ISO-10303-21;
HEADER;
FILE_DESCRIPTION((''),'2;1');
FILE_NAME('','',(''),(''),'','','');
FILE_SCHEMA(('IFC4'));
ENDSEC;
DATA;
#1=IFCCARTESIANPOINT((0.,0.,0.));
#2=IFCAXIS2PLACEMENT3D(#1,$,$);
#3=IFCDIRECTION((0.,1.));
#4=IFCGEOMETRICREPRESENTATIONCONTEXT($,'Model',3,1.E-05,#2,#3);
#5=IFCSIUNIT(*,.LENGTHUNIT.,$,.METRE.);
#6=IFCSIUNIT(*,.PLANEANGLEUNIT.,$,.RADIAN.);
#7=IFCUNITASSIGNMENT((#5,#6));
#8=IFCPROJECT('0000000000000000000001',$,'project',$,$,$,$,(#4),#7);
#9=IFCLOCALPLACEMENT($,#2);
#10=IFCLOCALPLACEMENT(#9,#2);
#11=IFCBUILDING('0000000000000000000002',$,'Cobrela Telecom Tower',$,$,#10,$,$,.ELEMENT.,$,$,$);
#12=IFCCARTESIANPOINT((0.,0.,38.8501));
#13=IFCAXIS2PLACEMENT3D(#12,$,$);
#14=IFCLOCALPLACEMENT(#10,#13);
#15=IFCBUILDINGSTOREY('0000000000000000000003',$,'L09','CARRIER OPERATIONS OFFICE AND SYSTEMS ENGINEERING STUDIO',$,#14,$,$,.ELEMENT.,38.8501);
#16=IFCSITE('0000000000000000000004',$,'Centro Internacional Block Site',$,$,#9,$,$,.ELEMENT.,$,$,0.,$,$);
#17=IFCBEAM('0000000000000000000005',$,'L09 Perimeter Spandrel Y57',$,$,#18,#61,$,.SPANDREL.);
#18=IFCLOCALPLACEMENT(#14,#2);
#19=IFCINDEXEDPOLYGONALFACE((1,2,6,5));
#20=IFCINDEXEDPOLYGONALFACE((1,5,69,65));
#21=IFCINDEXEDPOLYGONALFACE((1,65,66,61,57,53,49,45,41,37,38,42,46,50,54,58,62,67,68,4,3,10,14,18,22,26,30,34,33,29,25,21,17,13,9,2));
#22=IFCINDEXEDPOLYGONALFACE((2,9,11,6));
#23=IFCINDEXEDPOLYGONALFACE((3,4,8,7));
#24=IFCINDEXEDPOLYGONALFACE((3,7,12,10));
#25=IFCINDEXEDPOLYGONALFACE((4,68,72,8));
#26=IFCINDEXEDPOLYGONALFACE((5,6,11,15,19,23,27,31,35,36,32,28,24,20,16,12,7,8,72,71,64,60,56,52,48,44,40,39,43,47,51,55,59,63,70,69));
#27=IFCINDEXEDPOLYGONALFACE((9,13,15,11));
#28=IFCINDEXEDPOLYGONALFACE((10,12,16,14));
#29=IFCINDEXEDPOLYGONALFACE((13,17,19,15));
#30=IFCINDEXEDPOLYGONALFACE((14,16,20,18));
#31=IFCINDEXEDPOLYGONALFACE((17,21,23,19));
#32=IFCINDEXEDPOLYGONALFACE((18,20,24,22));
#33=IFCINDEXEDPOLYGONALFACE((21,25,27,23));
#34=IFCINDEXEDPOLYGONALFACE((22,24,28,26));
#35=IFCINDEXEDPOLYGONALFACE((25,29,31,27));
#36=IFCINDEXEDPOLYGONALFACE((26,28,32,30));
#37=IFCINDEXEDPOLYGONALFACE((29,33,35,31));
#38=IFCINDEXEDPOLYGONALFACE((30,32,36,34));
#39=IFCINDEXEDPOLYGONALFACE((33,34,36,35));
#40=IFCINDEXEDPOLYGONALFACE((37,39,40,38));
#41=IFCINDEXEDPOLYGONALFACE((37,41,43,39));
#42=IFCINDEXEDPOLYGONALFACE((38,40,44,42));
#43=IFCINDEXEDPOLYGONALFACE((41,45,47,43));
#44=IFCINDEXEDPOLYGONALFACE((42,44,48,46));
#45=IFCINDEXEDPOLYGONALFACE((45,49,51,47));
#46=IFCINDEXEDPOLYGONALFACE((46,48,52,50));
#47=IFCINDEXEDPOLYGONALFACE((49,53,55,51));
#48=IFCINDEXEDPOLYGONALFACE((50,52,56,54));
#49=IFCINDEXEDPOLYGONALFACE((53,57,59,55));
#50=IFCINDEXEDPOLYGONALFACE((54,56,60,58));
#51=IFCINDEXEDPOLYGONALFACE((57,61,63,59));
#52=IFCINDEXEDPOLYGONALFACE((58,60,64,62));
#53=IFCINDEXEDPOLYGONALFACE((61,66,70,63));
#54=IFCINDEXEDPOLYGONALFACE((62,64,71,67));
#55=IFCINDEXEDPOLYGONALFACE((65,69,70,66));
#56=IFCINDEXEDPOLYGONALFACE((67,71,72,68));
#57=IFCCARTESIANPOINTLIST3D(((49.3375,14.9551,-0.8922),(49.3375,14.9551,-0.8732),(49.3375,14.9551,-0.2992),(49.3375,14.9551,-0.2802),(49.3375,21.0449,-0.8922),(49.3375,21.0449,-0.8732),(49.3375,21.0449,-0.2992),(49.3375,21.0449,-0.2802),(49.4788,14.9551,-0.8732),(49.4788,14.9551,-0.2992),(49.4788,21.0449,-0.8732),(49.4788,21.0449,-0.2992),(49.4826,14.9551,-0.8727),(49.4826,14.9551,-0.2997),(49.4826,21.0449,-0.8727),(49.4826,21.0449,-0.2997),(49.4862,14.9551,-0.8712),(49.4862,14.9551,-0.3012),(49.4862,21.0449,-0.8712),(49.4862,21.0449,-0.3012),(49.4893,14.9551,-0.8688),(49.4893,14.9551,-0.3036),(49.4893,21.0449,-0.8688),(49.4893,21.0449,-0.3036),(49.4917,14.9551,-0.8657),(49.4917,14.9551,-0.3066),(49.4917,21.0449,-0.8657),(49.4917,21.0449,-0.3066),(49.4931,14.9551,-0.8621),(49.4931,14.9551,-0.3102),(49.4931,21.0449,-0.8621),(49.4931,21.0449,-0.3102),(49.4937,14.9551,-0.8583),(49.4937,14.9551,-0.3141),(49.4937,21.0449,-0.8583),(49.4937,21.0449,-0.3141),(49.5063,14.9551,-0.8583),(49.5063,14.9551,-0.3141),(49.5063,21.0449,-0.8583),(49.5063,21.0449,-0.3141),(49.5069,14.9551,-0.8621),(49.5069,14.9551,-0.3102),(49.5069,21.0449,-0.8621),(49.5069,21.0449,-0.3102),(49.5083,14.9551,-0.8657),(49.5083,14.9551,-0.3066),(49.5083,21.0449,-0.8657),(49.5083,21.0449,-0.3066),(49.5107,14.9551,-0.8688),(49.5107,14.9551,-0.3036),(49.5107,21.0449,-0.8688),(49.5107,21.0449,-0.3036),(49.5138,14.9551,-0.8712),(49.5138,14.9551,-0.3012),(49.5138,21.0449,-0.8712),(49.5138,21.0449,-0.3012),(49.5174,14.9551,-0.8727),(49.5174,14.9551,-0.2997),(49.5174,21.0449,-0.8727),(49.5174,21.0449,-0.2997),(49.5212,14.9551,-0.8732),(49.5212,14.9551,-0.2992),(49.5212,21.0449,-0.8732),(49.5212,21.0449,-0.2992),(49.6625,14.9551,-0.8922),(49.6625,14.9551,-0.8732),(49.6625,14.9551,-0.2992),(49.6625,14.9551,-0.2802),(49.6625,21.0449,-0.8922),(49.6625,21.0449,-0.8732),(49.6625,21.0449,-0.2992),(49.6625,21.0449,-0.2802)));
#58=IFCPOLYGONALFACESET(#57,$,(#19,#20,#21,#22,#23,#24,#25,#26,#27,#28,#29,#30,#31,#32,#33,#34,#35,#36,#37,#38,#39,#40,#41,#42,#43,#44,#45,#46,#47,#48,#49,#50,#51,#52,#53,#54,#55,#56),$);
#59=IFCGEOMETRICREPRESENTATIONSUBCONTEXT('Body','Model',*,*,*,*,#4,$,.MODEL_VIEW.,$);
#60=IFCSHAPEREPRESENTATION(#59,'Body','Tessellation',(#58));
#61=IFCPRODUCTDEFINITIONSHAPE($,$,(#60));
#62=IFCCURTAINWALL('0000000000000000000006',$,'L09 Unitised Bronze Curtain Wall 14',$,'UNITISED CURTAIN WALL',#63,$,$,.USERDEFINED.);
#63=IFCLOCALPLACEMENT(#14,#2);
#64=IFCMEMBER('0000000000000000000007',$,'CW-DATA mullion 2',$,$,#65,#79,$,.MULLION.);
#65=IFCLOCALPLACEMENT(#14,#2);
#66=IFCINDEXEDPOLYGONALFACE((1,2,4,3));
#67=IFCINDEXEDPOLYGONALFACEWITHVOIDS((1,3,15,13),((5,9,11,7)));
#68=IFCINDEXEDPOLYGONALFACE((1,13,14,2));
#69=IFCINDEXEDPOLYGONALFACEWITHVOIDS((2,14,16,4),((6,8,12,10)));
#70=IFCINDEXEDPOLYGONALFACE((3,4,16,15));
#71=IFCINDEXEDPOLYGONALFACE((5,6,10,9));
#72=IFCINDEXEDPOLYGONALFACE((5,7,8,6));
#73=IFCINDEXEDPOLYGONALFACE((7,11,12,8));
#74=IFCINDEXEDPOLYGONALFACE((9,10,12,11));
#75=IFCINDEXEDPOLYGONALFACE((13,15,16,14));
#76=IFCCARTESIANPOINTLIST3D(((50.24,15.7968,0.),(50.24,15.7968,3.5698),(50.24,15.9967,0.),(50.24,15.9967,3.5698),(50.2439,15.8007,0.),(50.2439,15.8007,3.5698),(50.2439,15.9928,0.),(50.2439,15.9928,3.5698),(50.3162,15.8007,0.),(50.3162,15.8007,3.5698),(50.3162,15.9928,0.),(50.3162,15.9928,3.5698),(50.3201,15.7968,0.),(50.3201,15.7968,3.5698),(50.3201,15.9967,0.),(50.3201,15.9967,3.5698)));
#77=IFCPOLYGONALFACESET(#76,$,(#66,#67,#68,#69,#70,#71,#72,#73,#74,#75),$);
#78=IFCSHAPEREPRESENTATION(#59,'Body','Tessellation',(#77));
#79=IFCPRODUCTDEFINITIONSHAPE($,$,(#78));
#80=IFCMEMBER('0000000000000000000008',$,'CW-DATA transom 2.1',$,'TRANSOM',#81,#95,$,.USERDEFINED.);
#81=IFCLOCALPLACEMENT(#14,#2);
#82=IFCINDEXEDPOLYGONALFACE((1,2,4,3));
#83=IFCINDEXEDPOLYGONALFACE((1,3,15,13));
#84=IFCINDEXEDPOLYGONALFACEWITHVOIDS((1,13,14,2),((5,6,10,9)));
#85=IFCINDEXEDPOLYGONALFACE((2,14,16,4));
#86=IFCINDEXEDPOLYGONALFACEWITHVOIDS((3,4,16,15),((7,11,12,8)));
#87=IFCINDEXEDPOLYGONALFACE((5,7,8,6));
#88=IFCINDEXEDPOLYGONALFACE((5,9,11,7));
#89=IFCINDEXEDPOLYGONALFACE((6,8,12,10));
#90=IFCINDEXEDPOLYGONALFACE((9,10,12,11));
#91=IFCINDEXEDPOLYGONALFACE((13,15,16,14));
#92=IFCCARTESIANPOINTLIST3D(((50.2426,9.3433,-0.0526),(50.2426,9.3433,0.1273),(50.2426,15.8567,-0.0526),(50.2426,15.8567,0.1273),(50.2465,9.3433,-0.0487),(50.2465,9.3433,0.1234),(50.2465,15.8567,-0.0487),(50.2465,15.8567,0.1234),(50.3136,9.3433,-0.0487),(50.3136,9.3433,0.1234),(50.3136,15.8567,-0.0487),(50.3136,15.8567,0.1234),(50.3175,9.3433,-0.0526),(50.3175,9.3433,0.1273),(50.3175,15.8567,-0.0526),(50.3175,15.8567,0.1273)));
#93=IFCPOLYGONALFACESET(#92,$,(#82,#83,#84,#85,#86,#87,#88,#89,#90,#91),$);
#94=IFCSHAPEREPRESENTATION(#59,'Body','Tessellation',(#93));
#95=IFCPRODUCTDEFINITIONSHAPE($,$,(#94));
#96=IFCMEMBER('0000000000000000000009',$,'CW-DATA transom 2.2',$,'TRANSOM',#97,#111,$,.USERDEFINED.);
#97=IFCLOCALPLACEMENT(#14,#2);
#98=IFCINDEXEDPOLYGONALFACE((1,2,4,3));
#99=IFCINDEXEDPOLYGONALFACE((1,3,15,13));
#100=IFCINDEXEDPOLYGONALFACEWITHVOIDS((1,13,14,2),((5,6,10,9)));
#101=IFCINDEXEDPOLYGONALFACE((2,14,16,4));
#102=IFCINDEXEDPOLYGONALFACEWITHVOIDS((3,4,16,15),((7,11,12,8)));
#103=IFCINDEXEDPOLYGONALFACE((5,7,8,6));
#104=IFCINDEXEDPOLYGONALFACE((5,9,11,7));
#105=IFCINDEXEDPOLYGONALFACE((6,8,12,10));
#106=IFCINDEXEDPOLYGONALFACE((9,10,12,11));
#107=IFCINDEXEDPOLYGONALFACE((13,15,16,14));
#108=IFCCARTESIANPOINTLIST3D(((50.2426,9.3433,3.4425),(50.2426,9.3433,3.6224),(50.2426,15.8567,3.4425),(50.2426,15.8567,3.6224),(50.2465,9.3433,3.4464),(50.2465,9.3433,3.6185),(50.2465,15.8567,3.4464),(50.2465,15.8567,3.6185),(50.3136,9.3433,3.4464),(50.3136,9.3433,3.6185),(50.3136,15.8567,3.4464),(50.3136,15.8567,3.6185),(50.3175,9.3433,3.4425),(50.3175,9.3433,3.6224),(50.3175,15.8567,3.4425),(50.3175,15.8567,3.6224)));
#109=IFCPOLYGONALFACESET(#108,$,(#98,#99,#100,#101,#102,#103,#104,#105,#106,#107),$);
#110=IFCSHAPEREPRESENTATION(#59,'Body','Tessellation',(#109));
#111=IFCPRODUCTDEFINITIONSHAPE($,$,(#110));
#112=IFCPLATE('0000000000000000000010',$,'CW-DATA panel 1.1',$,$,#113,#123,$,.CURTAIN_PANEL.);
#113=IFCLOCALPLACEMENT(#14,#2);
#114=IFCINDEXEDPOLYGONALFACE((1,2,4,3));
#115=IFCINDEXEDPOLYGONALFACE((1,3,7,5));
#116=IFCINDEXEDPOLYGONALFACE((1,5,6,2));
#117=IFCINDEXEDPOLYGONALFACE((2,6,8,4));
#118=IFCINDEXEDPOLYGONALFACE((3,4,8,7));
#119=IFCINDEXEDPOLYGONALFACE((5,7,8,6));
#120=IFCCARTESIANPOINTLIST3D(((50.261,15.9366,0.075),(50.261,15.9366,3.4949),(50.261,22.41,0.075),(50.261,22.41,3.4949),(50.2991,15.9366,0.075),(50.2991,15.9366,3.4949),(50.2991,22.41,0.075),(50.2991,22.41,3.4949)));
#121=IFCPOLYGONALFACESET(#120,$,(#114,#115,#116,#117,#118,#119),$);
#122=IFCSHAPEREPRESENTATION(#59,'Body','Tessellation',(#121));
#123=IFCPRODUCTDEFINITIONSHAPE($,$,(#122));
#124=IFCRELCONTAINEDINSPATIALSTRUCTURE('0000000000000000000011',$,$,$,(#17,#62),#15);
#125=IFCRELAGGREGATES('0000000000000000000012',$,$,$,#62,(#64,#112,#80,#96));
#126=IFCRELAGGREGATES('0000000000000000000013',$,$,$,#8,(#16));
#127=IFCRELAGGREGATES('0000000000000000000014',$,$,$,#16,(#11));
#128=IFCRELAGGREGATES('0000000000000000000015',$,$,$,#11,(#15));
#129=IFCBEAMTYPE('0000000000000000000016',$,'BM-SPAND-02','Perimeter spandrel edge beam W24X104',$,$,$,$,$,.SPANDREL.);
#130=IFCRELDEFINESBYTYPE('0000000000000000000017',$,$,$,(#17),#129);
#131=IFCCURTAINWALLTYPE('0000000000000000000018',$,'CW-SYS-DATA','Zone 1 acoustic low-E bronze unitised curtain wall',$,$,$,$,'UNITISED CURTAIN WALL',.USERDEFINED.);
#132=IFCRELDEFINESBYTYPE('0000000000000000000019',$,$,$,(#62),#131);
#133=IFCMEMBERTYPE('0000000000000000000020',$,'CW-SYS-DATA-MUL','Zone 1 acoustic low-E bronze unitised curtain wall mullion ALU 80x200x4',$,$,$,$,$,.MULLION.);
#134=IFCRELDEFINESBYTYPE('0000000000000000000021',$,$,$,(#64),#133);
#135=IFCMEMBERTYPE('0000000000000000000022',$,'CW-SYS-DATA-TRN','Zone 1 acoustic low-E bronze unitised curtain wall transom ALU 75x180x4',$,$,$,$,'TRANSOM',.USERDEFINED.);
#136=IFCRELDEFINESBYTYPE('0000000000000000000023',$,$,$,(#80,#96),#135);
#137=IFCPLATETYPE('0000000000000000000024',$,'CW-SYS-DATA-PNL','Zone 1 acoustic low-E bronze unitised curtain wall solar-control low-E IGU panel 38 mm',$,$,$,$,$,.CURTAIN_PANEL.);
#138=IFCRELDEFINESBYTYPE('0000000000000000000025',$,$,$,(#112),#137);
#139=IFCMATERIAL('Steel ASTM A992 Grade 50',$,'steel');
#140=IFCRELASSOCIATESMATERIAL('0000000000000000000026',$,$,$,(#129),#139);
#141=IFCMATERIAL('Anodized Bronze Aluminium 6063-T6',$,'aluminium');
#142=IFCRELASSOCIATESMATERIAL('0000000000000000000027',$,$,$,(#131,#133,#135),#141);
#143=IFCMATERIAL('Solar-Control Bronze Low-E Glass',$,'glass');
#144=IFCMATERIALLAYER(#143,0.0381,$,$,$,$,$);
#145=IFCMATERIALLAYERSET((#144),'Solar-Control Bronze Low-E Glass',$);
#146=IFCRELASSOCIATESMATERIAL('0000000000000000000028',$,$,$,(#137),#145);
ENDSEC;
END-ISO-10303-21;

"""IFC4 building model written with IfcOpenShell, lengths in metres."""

from ifc_helpers import new_model, si_unit, direction, frame, origin, origin_2d, place, context, subcontext, project, spatial, rectangle, hollow_rectangle, i_section, extrude, material, layer, layer_set, material_profile, profile_set, type_object, element, aggregate, save


model = new_model("IFC4")

# Units and contexts
model_context = context("Model", 3, precision=1e-05, world=origin(), true_north=direction((0.0, 1.0)))
body_context = subcontext(model_context, "Body", "Model", "MODEL_VIEW")
ifc_project = project(units=[si_unit("LENGTHUNIT", "METRE"), si_unit("PLANEANGLEUNIT", "RADIAN")], contexts=[model_context])

# Site, building, storey
site_placement = place(None, origin())
site = spatial("IfcSite", under=ifc_project, at=site_placement, Name="Centro Internacional Block Site", CompositionType="ELEMENT", RefElevation=0.0)
building_placement = place(site_placement, origin())
building = spatial("IfcBuilding", under=site, at=building_placement, Name="Cobrela Telecom Tower", CompositionType="ELEMENT")
storey_placement = place(building_placement, frame((0.0, 0.0, 38.8501)))
storey = spatial("IfcBuildingStorey", under=building, at=storey_placement, Name="L09", Description="CARRIER OPERATIONS OFFICE AND SYSTEMS ENGINEERING STUDIO", CompositionType="ELEMENT", Elevation=38.8501)

# Shared definitions
ifc_material_1 = material(Name="Steel ASTM A992 Grade 50", Category="steel")

# Beam
ifc_material_profile_1 = material_profile(ifc_material_1, i_section(OverallWidth=0.325, OverallDepth=0.6121, WebThickness=0.0127, FlangeThickness=0.019, FilletRadius=0.0149, at=origin_2d()), Name="W24X104")
ifc_profile_set_1 = profile_set([ifc_material_profile_1], Name="Steel ASTM A992 Grade 50")
beam_type_1 = type_object("IfcBeamType", Name="BM-SPAND-02", Description="Perimeter spandrel edge beam W24X104", PredefinedType="SPANDREL", material=ifc_profile_set_1)
beam_placement = place(storey_placement, frame((49.5, 14.9551, -0.5862), z_axis=(0.0, 1.0, 0.0), x_axis=(-1.0, 0.0, 0.0)))
element("IfcBeam", 1, at=beam_placement, inside=storey, type_object=beam_type_1, Name="L09 Perimeter Spandrel Y57", PredefinedType="SPANDREL", context=body_context, shape_type="SweptSolid", body=[
    extrude(i_section(OverallWidth=0.325, OverallDepth=0.6121, WebThickness=0.0127, FlangeThickness=0.019, FilletRadius=0.0149, at=origin_2d()), origin(), (0.0, 0.0, 1.0), 6.0898),
])

# Curtain wall, members, plate
ifc_material_2 = material(Name="Anodized Bronze Aluminium 6063-T6", Category="aluminium")
curtain_wall_type = type_object("IfcCurtainWallType", Name="CW-SYS-DATA", Description="Zone 1 acoustic low-E bronze unitised curtain wall", ElementType="UNITISED CURTAIN WALL", PredefinedType="USERDEFINED", material=ifc_material_2)
curtain_wall_placement = place(storey_placement, origin())
curtain_wall = element("IfcCurtainWall", 2, at=curtain_wall_placement, inside=storey, type_object=curtain_wall_type, Name="L09 Unitised Bronze Curtain Wall 14", ObjectType="UNITISED CURTAIN WALL", PredefinedType="USERDEFINED")
ifc_material_profile_2 = material_profile(ifc_material_2, hollow_rectangle(XDim=0.0801, YDim=0.2, WallThickness=0.0039, at=origin_2d()), Name="ALU 80x200x4")
ifc_profile_set_2 = profile_set([ifc_material_profile_2], Name="Anodized Bronze Aluminium 6063-T6")
member_type_1 = type_object("IfcMemberType", Name="CW-SYS-DATA-MUL", Description="Zone 1 acoustic low-E bronze unitised curtain wall mullion ALU 80x200x4", PredefinedType="MULLION", material=ifc_profile_set_2)
member_1_placement = place(storey_placement, frame((50.28, 15.8967, 0.0), z_axis=(0.0, 0.0, 1.0), x_axis=(1.0, 0.0, 0.0)))
member_1 = element("IfcMember", 3, at=member_1_placement, type_object=member_type_1, Name="CW-DATA mullion 2", PredefinedType="MULLION", context=body_context, shape_type="SweptSolid", body=[
    extrude(hollow_rectangle(XDim=0.0801, YDim=0.2, WallThickness=0.0039, at=origin_2d()), origin(), (0.0, 0.0, 1.0), 3.5698),
])
ifc_material_profile_3 = material_profile(ifc_material_2, hollow_rectangle(XDim=0.075, YDim=0.1799, WallThickness=0.0039, at=origin_2d()), Name="ALU 75x180x4")
ifc_profile_set_3 = profile_set([ifc_material_profile_3], Name="Anodized Bronze Aluminium 6063-T6")
member_type_2 = type_object("IfcMemberType", Name="CW-SYS-DATA-TRN", Description="Zone 1 acoustic low-E bronze unitised curtain wall transom ALU 75x180x4", ElementType="TRANSOM", PredefinedType="USERDEFINED", material=ifc_profile_set_3)
member_2_placement = place(storey_placement, frame((50.28, 15.8567, 0.0374), z_axis=(0.0, -1.0, 0.0), x_axis=(1.0, 0.0, 0.0)))
member_2 = element("IfcMember", 4, at=member_2_placement, type_object=member_type_2, Name="CW-DATA transom 2.1", ObjectType="TRANSOM", PredefinedType="USERDEFINED", context=body_context, shape_type="SweptSolid", body=[
    extrude(hollow_rectangle(XDim=0.075, YDim=0.1799, WallThickness=0.0039, at=origin_2d()), origin(), (0.0, 0.0, 1.0), 6.5134),
])
member_3_placement = place(storey_placement, frame((50.28, 15.8567, 3.5325), z_axis=(0.0, -1.0, 0.0), x_axis=(1.0, 0.0, 0.0)))
member_3 = element("IfcMember", 5, at=member_3_placement, type_object=member_type_2, Name="CW-DATA transom 2.2", ObjectType="TRANSOM", PredefinedType="USERDEFINED", context=body_context, shape_type="SweptSolid", body=[
    extrude(hollow_rectangle(XDim=0.075, YDim=0.1799, WallThickness=0.0039, at=origin_2d()), origin(), (0.0, 0.0, 1.0), 6.5134),
])
ifc_material_3 = material(Name="Solar-Control Bronze Low-E Glass", Category="glass")
ifc_layer = layer(ifc_material_3, 0.0381)
ifc_layer_set = layer_set([ifc_layer], Name="Solar-Control Bronze Low-E Glass")
plate_type = type_object("IfcPlateType", Name="CW-SYS-DATA-PNL", Description="Zone 1 acoustic low-E bronze unitised curtain wall solar-control low-E IGU panel 38 mm", PredefinedType="CURTAIN_PANEL", material=ifc_layer_set)
plate_placement = place(storey_placement, frame((50.28, 19.1733, 0.075), z_axis=(0.0, 0.0, 1.0), x_axis=(0.0, -1.0, 0.0)))
plate = element("IfcPlate", 6, at=plate_placement, type_object=plate_type, Name="CW-DATA panel 1.1", PredefinedType="CURTAIN_PANEL", context=body_context, shape_type="SweptSolid", body=[
    extrude(rectangle(XDim=6.4734, YDim=0.0381, at=origin_2d()), origin(), (0.0, 0.0, 1.0), 3.4199),
])
aggregate(curtain_wall, [member_1, plate, member_2, member_3])

save(model, "model.ifc")
